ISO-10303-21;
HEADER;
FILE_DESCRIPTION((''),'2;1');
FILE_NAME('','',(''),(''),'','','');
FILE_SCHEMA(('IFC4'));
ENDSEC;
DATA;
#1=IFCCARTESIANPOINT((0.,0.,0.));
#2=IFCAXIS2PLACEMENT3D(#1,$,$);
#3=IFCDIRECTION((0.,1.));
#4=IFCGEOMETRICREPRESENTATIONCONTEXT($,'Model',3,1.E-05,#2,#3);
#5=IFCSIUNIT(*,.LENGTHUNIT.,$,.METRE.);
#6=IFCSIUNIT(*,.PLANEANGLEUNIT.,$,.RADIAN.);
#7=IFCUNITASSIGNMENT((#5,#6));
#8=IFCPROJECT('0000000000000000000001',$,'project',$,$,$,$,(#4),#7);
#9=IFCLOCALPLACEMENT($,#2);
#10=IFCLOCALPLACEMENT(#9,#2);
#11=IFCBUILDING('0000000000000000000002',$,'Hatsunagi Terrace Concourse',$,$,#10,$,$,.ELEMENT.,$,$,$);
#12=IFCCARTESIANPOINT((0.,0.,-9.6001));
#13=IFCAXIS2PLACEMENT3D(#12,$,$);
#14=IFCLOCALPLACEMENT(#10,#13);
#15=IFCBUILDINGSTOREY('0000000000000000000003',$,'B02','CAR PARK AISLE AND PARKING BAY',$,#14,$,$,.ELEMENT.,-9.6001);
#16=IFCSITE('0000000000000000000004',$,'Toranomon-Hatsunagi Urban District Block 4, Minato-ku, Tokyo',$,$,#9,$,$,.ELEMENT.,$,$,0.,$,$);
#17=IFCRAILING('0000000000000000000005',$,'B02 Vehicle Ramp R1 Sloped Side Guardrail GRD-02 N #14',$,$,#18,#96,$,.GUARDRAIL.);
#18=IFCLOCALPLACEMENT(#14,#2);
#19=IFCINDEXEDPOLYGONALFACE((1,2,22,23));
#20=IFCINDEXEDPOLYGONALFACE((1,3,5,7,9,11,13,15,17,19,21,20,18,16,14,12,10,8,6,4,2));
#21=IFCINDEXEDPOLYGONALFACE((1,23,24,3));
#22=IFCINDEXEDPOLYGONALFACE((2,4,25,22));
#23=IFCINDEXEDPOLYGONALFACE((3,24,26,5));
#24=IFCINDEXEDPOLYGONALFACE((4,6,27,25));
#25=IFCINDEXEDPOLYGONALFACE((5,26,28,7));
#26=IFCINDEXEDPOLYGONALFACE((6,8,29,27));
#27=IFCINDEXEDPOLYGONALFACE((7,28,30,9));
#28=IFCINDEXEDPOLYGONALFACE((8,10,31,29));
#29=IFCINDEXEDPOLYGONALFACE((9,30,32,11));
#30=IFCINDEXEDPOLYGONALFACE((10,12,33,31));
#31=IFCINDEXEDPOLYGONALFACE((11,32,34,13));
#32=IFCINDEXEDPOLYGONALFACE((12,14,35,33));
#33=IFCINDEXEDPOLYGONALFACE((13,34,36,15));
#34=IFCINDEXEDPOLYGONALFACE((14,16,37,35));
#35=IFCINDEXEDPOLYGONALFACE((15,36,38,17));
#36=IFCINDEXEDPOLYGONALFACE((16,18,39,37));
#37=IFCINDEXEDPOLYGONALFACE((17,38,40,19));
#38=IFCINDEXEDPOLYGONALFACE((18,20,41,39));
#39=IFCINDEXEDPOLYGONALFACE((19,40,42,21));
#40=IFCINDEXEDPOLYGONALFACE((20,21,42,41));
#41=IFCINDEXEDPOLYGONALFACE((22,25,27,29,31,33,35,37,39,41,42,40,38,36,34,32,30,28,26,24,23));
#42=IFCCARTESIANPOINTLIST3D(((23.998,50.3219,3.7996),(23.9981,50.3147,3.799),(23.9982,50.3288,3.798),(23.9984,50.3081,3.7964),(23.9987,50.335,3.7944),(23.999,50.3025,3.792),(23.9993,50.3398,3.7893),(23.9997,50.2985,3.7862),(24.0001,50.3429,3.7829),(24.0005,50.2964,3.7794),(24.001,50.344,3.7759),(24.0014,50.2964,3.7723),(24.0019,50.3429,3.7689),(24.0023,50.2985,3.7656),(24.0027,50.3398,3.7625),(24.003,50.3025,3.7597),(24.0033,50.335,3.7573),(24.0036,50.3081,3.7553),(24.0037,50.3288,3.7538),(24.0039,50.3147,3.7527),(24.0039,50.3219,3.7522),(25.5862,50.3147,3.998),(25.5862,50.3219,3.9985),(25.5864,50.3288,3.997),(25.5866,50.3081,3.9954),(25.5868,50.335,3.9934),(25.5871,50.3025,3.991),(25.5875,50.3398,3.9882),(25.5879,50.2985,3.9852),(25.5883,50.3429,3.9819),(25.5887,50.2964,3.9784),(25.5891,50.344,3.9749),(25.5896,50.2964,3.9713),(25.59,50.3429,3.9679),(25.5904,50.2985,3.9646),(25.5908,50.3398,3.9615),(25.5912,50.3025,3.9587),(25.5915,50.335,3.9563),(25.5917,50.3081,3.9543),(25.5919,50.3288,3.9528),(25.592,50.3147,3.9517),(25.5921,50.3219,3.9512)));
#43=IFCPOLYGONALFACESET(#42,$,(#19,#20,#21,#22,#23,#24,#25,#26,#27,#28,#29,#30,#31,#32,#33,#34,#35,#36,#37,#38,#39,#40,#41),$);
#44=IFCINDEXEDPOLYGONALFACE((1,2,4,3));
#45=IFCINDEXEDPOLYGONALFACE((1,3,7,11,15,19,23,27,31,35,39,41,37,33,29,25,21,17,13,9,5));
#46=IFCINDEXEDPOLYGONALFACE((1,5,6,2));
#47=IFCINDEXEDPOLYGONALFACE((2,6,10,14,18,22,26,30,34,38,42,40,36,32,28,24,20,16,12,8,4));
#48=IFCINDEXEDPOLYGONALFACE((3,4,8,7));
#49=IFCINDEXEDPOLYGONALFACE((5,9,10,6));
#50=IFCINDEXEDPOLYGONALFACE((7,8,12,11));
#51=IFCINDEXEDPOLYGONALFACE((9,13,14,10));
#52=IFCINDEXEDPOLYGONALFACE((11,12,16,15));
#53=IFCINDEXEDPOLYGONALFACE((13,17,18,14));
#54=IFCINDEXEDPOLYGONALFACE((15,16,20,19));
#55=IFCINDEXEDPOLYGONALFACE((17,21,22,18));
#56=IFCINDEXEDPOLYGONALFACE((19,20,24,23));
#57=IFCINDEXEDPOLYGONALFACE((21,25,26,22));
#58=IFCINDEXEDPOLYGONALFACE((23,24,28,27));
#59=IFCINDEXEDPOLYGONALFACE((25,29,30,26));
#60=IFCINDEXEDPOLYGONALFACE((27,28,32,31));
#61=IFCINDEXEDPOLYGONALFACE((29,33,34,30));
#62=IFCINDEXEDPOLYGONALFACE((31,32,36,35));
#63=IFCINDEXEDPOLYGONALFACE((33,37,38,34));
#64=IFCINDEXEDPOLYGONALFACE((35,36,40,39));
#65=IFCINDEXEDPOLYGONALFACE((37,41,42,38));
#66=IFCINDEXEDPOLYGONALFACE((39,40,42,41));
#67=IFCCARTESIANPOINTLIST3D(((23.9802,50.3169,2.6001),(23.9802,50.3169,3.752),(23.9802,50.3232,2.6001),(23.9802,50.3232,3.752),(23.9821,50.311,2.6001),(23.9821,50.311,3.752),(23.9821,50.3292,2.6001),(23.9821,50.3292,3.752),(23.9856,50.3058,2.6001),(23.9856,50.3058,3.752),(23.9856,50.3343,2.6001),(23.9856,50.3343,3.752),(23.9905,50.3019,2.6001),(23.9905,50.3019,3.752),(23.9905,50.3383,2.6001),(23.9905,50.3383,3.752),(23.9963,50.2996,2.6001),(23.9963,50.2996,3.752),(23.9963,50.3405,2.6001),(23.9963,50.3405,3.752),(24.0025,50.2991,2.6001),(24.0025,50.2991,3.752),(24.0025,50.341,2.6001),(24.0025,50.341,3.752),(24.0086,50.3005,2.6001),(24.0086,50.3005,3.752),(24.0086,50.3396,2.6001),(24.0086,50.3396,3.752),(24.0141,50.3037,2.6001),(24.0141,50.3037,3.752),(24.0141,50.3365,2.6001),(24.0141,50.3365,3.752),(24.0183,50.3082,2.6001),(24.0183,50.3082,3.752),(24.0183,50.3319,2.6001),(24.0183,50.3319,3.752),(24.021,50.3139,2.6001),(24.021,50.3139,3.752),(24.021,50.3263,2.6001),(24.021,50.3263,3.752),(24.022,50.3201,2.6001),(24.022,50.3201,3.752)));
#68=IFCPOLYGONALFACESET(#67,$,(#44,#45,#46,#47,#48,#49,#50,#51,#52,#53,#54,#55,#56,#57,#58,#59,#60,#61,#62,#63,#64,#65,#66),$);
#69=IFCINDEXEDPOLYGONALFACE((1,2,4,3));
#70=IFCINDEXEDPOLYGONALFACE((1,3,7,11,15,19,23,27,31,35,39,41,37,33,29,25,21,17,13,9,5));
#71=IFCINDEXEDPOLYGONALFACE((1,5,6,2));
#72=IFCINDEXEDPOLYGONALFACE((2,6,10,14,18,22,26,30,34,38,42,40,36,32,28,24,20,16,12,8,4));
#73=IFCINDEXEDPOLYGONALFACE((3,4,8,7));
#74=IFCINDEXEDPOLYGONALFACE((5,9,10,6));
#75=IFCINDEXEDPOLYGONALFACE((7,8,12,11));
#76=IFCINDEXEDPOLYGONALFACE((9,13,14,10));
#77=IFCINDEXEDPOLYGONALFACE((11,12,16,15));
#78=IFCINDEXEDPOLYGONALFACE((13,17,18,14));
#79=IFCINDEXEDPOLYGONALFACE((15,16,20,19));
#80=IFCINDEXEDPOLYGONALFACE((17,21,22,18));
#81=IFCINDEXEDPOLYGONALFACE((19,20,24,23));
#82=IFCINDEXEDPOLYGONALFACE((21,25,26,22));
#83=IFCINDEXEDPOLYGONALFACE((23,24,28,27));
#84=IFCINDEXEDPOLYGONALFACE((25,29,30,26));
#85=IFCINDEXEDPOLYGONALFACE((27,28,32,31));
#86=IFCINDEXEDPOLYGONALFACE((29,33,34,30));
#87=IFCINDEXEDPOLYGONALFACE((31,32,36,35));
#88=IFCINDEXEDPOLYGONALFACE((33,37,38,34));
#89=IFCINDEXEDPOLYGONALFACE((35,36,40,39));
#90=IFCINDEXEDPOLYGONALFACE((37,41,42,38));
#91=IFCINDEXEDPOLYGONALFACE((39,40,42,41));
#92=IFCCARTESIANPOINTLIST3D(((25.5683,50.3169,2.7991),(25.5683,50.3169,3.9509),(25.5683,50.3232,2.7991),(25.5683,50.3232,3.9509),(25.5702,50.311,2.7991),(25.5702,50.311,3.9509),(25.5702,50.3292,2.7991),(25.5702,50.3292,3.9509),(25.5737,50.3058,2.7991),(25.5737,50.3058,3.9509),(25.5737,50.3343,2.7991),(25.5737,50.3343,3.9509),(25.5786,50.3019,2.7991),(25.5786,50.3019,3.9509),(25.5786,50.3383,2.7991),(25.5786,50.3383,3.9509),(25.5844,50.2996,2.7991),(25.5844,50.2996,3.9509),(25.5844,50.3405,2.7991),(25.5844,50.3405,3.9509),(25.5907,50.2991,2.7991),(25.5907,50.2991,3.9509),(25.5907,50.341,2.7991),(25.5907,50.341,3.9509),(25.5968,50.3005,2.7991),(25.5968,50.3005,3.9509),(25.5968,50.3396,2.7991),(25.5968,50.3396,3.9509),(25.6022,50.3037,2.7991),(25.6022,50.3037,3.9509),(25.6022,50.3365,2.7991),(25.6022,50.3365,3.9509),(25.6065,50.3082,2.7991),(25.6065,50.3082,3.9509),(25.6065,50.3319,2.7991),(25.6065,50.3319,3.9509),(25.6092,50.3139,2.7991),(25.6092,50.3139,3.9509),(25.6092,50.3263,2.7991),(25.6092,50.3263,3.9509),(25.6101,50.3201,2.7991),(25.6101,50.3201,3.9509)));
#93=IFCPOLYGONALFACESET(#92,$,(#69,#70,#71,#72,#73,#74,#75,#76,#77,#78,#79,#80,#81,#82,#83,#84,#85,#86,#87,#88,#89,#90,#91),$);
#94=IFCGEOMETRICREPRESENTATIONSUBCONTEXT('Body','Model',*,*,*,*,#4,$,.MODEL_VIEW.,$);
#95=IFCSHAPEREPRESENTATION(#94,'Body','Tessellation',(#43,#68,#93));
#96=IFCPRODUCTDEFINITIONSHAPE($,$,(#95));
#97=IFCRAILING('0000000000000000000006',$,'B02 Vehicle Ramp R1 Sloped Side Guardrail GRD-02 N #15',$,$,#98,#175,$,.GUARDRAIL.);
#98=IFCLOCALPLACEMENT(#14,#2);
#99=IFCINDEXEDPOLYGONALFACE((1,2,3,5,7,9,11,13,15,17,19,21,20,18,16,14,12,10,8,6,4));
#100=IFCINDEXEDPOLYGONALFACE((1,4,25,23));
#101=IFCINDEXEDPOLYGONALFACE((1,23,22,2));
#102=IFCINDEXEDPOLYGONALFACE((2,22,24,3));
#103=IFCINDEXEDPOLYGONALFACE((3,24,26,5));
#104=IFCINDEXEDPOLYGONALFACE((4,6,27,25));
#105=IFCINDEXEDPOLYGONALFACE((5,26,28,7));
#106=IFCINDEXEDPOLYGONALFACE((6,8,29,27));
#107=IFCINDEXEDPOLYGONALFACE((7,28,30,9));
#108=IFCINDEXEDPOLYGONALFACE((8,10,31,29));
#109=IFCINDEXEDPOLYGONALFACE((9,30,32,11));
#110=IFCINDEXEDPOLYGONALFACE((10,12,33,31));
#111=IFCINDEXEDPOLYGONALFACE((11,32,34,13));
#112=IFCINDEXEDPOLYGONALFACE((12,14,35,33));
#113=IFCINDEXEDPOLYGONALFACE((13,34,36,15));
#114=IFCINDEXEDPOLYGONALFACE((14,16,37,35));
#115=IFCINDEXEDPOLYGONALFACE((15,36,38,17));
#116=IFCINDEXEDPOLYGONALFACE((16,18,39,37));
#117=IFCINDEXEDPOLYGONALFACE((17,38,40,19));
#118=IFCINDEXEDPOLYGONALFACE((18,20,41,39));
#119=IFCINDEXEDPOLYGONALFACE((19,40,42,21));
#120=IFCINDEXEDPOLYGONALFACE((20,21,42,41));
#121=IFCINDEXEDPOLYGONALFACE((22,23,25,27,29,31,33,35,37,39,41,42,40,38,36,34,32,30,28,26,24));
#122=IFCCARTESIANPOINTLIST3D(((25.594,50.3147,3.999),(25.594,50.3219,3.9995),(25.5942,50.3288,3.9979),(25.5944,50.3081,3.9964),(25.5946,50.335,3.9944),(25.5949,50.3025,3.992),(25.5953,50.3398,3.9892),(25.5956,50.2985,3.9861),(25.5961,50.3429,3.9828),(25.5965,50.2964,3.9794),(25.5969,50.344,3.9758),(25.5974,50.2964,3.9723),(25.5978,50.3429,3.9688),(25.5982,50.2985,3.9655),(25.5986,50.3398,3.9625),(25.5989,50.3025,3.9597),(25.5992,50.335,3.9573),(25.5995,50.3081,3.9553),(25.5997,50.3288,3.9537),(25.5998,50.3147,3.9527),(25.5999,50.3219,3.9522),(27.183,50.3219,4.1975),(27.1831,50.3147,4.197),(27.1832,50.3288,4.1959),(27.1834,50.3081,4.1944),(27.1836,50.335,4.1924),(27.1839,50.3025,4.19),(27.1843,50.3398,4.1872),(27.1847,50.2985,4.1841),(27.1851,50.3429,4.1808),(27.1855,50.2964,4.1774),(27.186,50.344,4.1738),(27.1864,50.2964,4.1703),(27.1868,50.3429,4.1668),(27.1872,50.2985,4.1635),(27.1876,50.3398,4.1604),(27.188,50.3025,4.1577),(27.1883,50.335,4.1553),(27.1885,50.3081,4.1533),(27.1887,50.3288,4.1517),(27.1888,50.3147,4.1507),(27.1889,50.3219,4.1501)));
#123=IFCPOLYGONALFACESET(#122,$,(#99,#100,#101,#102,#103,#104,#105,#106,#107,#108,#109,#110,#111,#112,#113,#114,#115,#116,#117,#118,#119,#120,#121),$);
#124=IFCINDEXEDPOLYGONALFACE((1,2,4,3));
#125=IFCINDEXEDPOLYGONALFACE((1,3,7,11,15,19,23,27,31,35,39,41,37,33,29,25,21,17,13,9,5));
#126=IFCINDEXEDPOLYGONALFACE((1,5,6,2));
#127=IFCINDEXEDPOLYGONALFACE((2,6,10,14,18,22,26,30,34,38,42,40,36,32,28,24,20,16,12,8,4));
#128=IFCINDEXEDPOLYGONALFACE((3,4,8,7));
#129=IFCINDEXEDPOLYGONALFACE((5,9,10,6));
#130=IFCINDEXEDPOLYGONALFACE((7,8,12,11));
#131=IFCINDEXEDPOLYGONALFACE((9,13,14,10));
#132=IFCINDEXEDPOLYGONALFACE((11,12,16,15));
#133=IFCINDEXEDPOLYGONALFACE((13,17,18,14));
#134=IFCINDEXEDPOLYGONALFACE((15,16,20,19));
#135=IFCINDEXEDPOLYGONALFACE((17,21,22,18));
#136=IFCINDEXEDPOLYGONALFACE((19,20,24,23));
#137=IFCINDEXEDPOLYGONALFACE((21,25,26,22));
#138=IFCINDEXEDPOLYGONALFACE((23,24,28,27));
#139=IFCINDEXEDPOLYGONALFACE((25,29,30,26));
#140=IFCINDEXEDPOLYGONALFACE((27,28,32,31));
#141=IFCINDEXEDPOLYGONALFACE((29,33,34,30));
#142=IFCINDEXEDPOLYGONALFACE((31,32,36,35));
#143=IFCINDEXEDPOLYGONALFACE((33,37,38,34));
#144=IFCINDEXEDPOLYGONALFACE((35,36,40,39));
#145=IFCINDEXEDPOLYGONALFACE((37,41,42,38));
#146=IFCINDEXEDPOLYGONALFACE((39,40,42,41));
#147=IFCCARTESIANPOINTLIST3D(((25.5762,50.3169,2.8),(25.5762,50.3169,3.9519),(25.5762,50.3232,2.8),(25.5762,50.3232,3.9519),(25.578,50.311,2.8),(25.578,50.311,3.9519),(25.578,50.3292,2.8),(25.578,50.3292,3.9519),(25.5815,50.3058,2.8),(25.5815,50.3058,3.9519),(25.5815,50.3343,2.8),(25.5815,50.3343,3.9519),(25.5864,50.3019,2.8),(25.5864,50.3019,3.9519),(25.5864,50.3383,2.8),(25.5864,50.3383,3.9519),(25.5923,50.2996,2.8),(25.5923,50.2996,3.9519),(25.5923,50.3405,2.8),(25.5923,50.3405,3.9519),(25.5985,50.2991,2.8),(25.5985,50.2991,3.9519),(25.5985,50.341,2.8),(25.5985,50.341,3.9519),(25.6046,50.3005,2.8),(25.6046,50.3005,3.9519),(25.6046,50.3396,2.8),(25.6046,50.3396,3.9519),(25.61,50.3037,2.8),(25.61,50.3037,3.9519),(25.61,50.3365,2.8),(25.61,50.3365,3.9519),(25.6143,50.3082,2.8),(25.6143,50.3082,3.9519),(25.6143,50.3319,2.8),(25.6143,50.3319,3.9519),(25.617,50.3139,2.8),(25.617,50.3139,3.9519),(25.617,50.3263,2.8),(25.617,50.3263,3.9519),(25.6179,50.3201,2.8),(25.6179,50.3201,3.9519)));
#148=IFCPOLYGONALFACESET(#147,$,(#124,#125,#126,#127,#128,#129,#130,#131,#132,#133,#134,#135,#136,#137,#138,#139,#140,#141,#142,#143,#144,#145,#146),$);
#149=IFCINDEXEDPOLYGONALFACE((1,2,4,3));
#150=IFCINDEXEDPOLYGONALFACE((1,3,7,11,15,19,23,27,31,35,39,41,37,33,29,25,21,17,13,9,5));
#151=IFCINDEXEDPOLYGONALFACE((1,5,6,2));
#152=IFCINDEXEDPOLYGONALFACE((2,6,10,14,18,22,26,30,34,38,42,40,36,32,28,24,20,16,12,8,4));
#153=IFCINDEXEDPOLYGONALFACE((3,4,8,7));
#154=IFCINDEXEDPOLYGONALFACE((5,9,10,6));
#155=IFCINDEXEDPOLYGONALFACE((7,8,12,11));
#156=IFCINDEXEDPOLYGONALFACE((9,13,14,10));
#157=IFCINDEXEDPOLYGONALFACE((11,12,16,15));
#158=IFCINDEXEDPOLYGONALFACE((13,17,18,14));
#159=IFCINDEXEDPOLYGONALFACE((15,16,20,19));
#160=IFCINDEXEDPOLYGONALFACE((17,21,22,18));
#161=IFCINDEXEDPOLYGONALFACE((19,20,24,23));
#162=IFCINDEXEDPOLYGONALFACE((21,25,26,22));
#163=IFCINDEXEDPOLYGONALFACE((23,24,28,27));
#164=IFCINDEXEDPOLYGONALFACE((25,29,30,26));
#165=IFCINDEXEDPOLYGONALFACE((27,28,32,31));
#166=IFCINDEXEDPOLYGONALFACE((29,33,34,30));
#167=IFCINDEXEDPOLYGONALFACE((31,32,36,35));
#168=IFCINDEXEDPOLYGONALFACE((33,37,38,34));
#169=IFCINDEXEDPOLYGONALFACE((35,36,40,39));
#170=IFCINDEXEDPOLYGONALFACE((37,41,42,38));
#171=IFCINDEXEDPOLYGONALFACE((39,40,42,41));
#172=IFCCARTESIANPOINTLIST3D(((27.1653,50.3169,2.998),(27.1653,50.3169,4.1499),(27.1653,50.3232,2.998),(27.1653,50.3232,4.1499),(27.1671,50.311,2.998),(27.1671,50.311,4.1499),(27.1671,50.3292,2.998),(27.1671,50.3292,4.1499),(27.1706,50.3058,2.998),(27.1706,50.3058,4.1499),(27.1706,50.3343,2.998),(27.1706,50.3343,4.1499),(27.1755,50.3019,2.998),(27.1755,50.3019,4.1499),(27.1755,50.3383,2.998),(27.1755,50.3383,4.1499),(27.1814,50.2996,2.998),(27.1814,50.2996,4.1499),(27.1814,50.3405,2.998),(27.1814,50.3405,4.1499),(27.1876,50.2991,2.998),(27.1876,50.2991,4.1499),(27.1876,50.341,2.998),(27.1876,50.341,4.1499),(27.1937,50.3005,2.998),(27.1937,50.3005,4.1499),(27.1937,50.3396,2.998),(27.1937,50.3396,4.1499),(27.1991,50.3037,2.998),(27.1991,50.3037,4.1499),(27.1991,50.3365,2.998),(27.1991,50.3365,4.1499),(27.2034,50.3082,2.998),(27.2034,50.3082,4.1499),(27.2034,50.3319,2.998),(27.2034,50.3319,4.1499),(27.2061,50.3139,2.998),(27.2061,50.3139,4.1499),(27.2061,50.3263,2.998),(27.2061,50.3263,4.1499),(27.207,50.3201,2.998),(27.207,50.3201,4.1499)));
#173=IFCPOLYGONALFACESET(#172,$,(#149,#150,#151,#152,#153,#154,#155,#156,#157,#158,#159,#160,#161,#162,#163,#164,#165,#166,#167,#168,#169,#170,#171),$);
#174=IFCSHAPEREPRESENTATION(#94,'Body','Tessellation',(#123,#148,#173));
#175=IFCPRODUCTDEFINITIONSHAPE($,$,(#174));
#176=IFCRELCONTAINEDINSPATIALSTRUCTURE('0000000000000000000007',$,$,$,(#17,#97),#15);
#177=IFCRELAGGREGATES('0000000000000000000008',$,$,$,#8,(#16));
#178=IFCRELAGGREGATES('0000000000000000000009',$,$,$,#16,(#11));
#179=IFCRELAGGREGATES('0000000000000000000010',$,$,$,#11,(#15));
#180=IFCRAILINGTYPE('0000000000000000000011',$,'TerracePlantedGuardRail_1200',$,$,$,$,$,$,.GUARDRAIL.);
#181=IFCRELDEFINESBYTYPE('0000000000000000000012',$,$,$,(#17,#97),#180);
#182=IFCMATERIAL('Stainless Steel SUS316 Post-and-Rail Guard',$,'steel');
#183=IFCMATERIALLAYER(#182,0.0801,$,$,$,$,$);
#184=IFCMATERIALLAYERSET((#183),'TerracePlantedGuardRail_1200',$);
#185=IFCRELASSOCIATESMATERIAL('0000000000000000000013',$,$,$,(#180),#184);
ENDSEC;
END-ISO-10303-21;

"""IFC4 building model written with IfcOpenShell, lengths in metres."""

from ifc_helpers import new_model, si_unit, direction, frame, origin, origin_2d, place, context, subcontext, project, spatial, circle, extrude, material, layer, layer_set, type_object, element, save


model = new_model("IFC4")

# Units and contexts
model_context = context("Model", 3, precision=1e-05, world=origin(), true_north=direction((0.0, 1.0)))
body_context = subcontext(model_context, "Body", "Model", "MODEL_VIEW")
ifc_project = project(units=[si_unit("LENGTHUNIT", "METRE"), si_unit("PLANEANGLEUNIT", "RADIAN")], contexts=[model_context])

# Site, building, storey
site_placement = place(None, origin())
site = spatial("IfcSite", under=ifc_project, at=site_placement, Name="Toranomon-Hatsunagi Urban District Block 4, Minato-ku, Tokyo", CompositionType="ELEMENT", RefElevation=0.0)
building_placement = place(site_placement, origin())
building = spatial("IfcBuilding", under=site, at=building_placement, Name="Hatsunagi Terrace Concourse", CompositionType="ELEMENT")
storey_placement = place(building_placement, frame((0.0, 0.0, -9.6001)))
storey = spatial("IfcBuildingStorey", under=building, at=storey_placement, Name="B02", Description="CAR PARK AISLE AND PARKING BAY", CompositionType="ELEMENT", Elevation=-9.6001)

# Railings
ifc_material_1 = material(Name="Stainless Steel SUS316 Post-and-Rail Guard", Category="steel")
ifc_layer_1 = layer(ifc_material_1, 0.0801)
ifc_layer_set_1 = layer_set([ifc_layer_1], Name="TerracePlantedGuardRail_1200")
railing_type = type_object("IfcRailingType", Name="TerracePlantedGuardRail_1200", PredefinedType="GUARDRAIL", material=ifc_layer_set_1)
railing_1_placement = place(storey_placement, frame((24.001, 50.3201, 2.6001)))
element("IfcRailing", 1, at=railing_1_placement, inside=storey, type_object=railing_type, Name="B02 Vehicle Ramp R1 Sloped Side Guardrail GRD-02 N #14", PredefinedType="GUARDRAIL", context=body_context, shape_type="SweptSolid", body=[
    extrude(circle(Radius=0.0239, at=origin_2d()), frame((0.0, 0.0, 1.1758), z_axis=(0.992243, 0.0, 0.124316), x_axis=(0.0, 1.0, 0.0)), (0.0, 0.0, 1.0), 1.6006),
    extrude(circle(Radius=0.021, at=origin_2d()), origin(), (0.0, 0.0, 1.0), 1.1519),
    extrude(circle(Radius=0.021, at=origin_2d()), frame((1.5881, 0.0, 0.199)), (0.0, 0.0, 1.0), 1.1519),
])
railing_2_placement = place(storey_placement, frame((25.5969, 50.3201, 2.8)))
element("IfcRailing", 2, at=railing_2_placement, inside=storey, type_object=railing_type, Name="B02 Vehicle Ramp R1 Sloped Side Guardrail GRD-02 N #15", PredefinedType="GUARDRAIL", context=body_context, shape_type="SweptSolid", body=[
    extrude(circle(Radius=0.0239, at=origin_2d()), frame((0.0, 0.0, 1.1758), z_axis=(0.992327, 0.0, 0.123641), x_axis=(0.0, 1.0, 0.0)), (0.0, 0.0, 1.0), 1.6013),
    extrude(circle(Radius=0.021, at=origin_2d()), origin(), (0.0, 0.0, 1.0), 1.1519),
    extrude(circle(Radius=0.021, at=origin_2d()), frame((1.5891, 0.0, 0.198)), (0.0, 0.0, 1.0), 1.1519),
])

save(model, "model.ifc")
